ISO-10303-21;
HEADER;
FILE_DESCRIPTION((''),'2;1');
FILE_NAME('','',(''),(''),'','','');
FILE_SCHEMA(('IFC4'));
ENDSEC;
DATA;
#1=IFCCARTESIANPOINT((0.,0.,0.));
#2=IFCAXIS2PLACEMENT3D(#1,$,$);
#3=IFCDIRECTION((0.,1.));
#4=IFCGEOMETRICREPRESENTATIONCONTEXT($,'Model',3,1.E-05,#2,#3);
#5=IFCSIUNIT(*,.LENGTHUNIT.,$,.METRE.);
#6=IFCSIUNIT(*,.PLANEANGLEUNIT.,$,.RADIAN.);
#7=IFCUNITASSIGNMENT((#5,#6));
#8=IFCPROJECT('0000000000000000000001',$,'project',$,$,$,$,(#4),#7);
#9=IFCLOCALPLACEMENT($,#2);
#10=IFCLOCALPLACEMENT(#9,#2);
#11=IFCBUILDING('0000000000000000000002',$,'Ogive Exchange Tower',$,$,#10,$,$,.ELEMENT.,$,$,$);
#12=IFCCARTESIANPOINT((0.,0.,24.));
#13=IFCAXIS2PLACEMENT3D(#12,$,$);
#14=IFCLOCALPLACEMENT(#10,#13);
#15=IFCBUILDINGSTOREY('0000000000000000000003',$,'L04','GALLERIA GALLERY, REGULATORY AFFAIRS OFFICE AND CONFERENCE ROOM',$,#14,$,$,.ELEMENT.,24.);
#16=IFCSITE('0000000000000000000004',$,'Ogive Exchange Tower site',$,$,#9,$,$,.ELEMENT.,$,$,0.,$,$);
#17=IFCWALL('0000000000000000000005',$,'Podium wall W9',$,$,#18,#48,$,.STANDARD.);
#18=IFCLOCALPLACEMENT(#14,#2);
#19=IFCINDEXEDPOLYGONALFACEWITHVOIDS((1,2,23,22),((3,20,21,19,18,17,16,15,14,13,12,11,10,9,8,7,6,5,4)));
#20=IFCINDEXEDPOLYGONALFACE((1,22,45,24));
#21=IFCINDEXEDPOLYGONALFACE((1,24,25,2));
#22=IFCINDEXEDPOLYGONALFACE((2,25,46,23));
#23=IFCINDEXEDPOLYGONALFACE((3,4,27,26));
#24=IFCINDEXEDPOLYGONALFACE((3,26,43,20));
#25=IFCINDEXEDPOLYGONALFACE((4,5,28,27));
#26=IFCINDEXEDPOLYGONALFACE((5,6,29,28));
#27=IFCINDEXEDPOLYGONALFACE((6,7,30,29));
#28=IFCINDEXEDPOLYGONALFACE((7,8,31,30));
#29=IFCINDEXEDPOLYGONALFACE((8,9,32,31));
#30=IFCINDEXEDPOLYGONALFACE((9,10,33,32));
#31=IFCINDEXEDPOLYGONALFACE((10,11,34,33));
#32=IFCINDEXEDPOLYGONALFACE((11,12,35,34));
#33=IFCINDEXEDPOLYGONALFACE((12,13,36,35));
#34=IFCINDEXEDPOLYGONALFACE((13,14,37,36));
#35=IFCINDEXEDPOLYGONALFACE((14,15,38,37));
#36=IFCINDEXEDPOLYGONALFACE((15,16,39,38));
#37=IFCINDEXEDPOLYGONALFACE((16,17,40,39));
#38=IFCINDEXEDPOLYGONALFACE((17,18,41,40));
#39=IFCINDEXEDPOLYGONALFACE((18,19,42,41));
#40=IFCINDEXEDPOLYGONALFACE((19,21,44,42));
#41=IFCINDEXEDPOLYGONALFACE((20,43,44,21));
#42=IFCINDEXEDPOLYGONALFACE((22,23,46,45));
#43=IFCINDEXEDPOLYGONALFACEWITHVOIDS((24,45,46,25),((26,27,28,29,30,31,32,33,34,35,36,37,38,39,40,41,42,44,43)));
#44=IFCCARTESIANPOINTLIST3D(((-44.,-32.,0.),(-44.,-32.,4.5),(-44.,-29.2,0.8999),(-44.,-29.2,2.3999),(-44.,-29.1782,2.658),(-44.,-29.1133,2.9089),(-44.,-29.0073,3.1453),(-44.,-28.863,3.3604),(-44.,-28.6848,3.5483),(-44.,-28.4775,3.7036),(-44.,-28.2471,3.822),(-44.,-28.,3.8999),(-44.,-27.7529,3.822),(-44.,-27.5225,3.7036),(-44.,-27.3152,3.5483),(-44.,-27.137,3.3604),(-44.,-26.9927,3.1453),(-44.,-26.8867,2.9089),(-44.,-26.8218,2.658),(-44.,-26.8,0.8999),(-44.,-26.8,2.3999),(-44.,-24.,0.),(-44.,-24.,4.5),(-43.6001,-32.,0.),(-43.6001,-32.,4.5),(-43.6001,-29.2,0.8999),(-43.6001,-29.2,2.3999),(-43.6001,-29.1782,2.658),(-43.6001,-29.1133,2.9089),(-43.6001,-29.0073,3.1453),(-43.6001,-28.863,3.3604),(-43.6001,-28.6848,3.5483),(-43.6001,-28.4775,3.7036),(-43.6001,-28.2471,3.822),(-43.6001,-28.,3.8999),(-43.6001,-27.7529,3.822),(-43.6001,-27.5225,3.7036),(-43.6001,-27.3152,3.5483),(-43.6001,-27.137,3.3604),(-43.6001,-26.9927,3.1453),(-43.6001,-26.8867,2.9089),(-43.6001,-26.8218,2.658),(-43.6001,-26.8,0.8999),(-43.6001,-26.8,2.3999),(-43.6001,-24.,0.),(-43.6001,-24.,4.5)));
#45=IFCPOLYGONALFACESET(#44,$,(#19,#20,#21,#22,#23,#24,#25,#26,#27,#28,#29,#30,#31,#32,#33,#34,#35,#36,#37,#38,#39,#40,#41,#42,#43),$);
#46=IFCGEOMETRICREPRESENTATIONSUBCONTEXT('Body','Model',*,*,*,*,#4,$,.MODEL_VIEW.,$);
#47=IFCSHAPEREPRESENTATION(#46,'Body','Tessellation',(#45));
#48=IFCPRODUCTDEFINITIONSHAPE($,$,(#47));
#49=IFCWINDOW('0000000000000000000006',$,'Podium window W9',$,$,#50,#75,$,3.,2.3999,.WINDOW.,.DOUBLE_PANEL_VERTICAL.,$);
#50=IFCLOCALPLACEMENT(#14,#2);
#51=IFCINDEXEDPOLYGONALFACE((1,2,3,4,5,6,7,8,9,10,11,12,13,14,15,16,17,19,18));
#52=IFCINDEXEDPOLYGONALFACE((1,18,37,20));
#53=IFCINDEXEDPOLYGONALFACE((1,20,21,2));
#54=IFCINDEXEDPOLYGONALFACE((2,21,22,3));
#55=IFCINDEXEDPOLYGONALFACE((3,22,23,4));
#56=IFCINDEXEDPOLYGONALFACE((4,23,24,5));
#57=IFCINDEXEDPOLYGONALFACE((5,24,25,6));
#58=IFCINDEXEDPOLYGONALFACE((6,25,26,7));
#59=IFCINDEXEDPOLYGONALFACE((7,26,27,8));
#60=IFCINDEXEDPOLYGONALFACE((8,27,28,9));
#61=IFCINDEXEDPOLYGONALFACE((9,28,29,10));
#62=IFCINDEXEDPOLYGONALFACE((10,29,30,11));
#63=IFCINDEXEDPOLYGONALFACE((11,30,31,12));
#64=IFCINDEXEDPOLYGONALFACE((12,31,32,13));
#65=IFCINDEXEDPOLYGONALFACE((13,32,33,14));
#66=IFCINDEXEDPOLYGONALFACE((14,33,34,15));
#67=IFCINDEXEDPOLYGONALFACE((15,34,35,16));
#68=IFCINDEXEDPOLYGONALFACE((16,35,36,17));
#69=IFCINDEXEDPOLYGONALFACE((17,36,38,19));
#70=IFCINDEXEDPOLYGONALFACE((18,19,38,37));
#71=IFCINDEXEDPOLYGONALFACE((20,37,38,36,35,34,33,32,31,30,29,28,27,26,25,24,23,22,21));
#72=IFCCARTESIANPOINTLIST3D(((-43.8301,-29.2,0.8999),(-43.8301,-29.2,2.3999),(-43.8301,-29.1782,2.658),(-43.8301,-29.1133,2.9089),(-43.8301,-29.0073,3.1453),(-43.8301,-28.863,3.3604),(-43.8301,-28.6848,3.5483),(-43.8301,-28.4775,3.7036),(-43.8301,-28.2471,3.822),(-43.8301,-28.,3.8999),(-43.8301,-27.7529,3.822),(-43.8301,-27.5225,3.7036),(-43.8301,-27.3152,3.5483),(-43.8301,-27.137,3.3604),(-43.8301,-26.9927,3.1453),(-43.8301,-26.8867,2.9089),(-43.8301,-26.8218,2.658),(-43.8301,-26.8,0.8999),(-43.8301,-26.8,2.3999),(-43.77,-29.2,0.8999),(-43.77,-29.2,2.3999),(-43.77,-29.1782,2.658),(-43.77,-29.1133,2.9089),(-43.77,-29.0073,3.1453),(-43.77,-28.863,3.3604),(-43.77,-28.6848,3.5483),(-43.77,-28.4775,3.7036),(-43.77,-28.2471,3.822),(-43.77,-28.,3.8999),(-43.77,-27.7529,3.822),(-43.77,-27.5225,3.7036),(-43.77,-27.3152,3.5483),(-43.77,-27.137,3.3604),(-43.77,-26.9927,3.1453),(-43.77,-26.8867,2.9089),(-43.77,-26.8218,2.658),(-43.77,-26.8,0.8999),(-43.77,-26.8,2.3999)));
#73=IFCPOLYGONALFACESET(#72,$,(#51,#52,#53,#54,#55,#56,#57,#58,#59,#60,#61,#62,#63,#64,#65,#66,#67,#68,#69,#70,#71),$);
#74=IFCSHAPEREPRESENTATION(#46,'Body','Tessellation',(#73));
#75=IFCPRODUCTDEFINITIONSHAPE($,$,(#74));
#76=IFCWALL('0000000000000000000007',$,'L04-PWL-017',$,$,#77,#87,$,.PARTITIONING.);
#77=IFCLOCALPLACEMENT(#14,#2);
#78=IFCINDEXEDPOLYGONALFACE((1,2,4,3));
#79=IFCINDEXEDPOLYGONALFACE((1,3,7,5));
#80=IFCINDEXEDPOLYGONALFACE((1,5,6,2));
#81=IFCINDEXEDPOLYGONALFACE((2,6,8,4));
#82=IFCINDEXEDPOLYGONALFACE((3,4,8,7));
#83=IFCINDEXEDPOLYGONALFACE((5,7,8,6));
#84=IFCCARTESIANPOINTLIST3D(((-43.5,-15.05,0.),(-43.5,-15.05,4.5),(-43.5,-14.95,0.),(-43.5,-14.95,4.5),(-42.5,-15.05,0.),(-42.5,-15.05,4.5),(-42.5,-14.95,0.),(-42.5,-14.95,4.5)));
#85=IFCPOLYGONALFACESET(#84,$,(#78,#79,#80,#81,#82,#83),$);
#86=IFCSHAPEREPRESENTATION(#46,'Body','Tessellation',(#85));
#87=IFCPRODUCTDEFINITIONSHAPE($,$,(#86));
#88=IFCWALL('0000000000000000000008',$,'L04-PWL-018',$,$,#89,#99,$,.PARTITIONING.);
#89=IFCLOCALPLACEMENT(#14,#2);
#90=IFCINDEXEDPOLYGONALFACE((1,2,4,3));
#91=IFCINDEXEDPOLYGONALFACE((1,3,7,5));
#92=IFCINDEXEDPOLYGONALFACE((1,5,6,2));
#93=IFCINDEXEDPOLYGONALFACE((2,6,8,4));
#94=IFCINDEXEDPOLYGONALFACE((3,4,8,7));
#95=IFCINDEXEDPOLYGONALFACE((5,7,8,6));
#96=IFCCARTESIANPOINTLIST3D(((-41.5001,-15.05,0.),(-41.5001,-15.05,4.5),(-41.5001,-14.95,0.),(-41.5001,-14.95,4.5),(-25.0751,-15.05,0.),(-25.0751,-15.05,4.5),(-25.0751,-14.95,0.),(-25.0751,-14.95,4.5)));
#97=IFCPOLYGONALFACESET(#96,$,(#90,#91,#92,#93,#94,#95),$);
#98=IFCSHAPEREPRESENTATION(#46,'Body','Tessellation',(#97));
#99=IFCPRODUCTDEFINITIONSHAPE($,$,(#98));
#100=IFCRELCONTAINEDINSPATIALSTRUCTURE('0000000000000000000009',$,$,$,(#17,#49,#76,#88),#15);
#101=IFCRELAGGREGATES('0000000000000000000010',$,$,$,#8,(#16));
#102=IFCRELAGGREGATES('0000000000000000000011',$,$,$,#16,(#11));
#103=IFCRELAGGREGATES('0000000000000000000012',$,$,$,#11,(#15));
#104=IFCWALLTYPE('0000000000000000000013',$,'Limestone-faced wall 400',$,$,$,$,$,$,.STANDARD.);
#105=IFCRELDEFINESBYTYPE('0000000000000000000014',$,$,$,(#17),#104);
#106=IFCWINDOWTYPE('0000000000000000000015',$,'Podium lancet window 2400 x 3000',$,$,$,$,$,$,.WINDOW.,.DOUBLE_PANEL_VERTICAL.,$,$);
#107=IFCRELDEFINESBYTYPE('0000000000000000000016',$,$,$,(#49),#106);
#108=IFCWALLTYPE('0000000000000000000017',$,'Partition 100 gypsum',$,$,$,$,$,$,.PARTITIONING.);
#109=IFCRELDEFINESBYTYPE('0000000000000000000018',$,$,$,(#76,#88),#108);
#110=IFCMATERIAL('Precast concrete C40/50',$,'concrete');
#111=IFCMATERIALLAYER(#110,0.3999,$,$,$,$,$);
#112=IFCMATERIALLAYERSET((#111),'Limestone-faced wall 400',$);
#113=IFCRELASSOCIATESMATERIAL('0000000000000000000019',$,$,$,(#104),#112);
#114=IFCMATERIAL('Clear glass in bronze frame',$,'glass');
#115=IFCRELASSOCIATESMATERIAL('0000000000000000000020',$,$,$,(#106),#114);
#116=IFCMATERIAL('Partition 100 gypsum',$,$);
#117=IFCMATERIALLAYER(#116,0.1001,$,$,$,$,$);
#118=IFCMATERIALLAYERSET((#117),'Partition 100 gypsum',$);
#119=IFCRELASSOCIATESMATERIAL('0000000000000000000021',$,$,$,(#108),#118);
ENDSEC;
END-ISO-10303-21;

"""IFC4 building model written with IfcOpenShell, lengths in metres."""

from ifc_helpers import new_model, si_unit, direction, frame, frame_2d, origin, place, context, subcontext, project, spatial, polyline, rectangle, outline, extrude, material, layer, layer_set, type_object, element, fill, save


model = new_model("IFC4")

# Units and contexts
model_context = context("Model", 3, precision=1e-05, world=origin(), true_north=direction((0.0, 1.0)))
body_context = subcontext(model_context, "Body", "Model", "MODEL_VIEW")
ifc_project = project(units=[si_unit("LENGTHUNIT", "METRE"), si_unit("PLANEANGLEUNIT", "RADIAN")], contexts=[model_context])

# Site, building, storey
site_placement = place(None, origin())
site = spatial("IfcSite", under=ifc_project, at=site_placement, Name="Ogive Exchange Tower site", CompositionType="ELEMENT", RefElevation=0.0)
building_placement = place(site_placement, origin())
building = spatial("IfcBuilding", under=site, at=building_placement, Name="Ogive Exchange Tower", CompositionType="ELEMENT")
storey_placement = place(building_placement, frame((0.0, 0.0, 24.0)))
storey = spatial("IfcBuildingStorey", under=building, at=storey_placement, Name="L04", Description="GALLERIA GALLERY, REGULATORY AFFAIRS OFFICE AND CONFERENCE ROOM", CompositionType="ELEMENT", Elevation=24.0)

# Shared definitions
ifc_material_1 = material(Name="Precast concrete C40/50", Category="concrete")
ifc_layer_1 = layer(ifc_material_1, 0.3999)
ifc_layer_set_1 = layer_set([ifc_layer_1], Name="Limestone-faced wall 400")
wall_type_1 = type_object("IfcWallType", Name="Limestone-faced wall 400", PredefinedType="STANDARD", material=ifc_layer_set_1)
ifc_material_2 = material(Name="Clear glass in bronze frame", Category="glass")

# Wall, opening, window
wall_1_placement = place(storey_placement, frame((-43.8, -24.0, 0.0), z_axis=(0.0, 0.0, 1.0), x_axis=(0.0, -1.0, 0.0)))
wall_1 = element("IfcWall", 1, at=wall_1_placement, inside=storey, type_object=wall_type_1, Name="Podium wall W9", PredefinedType="STANDARD", context=body_context, shape_type="SweptSolid", body=[
    extrude(rectangle(XDim=8.0, YDim=0.3999, at=frame_2d((4.0, 0.0))), origin(), (0.0, 0.0, 1.0), 4.5),
])
opening_1_placement = place(wall_1_placement, frame((2.8, 0.0, 0.8999)))
opening_1 = element("IfcOpeningElement", 2, at=opening_1_placement, cuts=wall_1, PredefinedType="OPENING", context=body_context, shape_type="SweptSolid", body=[
    extrude(outline(polyline([(0.0, 0.0), (2.3999, 0.0), (2.3999, 1.5), (2.3782, 1.7581), (2.3132, 2.009), (2.2073, 2.2454), (2.063, 2.4604), (1.8848, 2.6484), (1.6775, 2.8037), (1.447, 2.9221), (1.2, 3.0), (0.9529, 2.9221), (0.7224, 2.8037), (0.5151, 2.6484), (0.3369, 2.4604), (0.1926, 2.2454), (0.0867, 2.009), (0.0217, 1.7581), (0.0, 1.5), (0.0, 0.0)])), frame((0.0, 0.21, 0.0), z_axis=(0.0, -1.0, 0.0), x_axis=(1.0, 0.0, 0.0)), (0.0, 0.0, 1.0), 0.4199),
])
window_type_1 = type_object("IfcWindowType", Name="Podium lancet window 2400 x 3000", PartitioningType="DOUBLE_PANEL_VERTICAL", PredefinedType="WINDOW", material=ifc_material_2)
window_1_placement = place(opening_1_placement, origin())
window_1 = element("IfcWindow", 3, at=window_1_placement, inside=storey, type_object=window_type_1, Name="Podium window W9", OverallHeight=3.0, OverallWidth=2.3999, PartitioningType="DOUBLE_PANEL_VERTICAL", PredefinedType="WINDOW", context=body_context, shape_type="SweptSolid", body=[
    extrude(outline(polyline([(0.0, 0.0), (2.3999, 0.0), (2.3999, 1.5), (2.3782, 1.7581), (2.3132, 2.009), (2.2073, 2.2454), (2.063, 2.4604), (1.8848, 2.6484), (1.6775, 2.8037), (1.447, 2.9221), (1.2, 3.0), (0.9529, 2.9221), (0.7224, 2.8037), (0.5151, 2.6484), (0.3369, 2.4604), (0.1926, 2.2454), (0.0867, 2.009), (0.0217, 1.7581), (0.0, 1.5), (0.0, 0.0)])), frame((0.0, 0.03, 0.0), z_axis=(0.0, -1.0, 0.0), x_axis=(1.0, 0.0, 0.0)), (0.0, 0.0, 1.0), 0.0601),
])
fill(opening_1, window_1)

# Walls
ifc_material_3 = material(Name="Partition 100 gypsum")
ifc_layer_2 = layer(ifc_material_3, 0.1001)
ifc_layer_set_2 = layer_set([ifc_layer_2], Name="Partition 100 gypsum")
wall_type_2 = type_object("IfcWallType", Name="Partition 100 gypsum", PredefinedType="PARTITIONING", material=ifc_layer_set_2)
wall_2_placement = place(storey_placement, frame((-43.5, -15.0, 0.0), z_axis=(0.0, 0.0, 1.0), x_axis=(1.0, 0.0, 0.0)))
element("IfcWall", 4, at=wall_2_placement, inside=storey, type_object=wall_type_2, Name="L04-PWL-017", PredefinedType="PARTITIONING", context=body_context, shape_type="SweptSolid", body=[
    extrude(rectangle(XDim=1.0, YDim=0.1001, at=frame_2d((0.5, 0.0))), origin(), (0.0, 0.0, 1.0), 4.5),
])
wall_3_placement = place(storey_placement, frame((-41.5, -15.0, 0.0), z_axis=(0.0, 0.0, 1.0), x_axis=(1.0, 0.0, 0.0)))
element("IfcWall", 5, at=wall_3_placement, inside=storey, type_object=wall_type_2, Name="L04-PWL-018", PredefinedType="PARTITIONING", context=body_context, shape_type="SweptSolid", body=[
    extrude(rectangle(XDim=16.425, YDim=0.1001, at=frame_2d((8.2124, 0.0))), origin(), (0.0, 0.0, 1.0), 4.5),
])

save(model, "model.ifc")
